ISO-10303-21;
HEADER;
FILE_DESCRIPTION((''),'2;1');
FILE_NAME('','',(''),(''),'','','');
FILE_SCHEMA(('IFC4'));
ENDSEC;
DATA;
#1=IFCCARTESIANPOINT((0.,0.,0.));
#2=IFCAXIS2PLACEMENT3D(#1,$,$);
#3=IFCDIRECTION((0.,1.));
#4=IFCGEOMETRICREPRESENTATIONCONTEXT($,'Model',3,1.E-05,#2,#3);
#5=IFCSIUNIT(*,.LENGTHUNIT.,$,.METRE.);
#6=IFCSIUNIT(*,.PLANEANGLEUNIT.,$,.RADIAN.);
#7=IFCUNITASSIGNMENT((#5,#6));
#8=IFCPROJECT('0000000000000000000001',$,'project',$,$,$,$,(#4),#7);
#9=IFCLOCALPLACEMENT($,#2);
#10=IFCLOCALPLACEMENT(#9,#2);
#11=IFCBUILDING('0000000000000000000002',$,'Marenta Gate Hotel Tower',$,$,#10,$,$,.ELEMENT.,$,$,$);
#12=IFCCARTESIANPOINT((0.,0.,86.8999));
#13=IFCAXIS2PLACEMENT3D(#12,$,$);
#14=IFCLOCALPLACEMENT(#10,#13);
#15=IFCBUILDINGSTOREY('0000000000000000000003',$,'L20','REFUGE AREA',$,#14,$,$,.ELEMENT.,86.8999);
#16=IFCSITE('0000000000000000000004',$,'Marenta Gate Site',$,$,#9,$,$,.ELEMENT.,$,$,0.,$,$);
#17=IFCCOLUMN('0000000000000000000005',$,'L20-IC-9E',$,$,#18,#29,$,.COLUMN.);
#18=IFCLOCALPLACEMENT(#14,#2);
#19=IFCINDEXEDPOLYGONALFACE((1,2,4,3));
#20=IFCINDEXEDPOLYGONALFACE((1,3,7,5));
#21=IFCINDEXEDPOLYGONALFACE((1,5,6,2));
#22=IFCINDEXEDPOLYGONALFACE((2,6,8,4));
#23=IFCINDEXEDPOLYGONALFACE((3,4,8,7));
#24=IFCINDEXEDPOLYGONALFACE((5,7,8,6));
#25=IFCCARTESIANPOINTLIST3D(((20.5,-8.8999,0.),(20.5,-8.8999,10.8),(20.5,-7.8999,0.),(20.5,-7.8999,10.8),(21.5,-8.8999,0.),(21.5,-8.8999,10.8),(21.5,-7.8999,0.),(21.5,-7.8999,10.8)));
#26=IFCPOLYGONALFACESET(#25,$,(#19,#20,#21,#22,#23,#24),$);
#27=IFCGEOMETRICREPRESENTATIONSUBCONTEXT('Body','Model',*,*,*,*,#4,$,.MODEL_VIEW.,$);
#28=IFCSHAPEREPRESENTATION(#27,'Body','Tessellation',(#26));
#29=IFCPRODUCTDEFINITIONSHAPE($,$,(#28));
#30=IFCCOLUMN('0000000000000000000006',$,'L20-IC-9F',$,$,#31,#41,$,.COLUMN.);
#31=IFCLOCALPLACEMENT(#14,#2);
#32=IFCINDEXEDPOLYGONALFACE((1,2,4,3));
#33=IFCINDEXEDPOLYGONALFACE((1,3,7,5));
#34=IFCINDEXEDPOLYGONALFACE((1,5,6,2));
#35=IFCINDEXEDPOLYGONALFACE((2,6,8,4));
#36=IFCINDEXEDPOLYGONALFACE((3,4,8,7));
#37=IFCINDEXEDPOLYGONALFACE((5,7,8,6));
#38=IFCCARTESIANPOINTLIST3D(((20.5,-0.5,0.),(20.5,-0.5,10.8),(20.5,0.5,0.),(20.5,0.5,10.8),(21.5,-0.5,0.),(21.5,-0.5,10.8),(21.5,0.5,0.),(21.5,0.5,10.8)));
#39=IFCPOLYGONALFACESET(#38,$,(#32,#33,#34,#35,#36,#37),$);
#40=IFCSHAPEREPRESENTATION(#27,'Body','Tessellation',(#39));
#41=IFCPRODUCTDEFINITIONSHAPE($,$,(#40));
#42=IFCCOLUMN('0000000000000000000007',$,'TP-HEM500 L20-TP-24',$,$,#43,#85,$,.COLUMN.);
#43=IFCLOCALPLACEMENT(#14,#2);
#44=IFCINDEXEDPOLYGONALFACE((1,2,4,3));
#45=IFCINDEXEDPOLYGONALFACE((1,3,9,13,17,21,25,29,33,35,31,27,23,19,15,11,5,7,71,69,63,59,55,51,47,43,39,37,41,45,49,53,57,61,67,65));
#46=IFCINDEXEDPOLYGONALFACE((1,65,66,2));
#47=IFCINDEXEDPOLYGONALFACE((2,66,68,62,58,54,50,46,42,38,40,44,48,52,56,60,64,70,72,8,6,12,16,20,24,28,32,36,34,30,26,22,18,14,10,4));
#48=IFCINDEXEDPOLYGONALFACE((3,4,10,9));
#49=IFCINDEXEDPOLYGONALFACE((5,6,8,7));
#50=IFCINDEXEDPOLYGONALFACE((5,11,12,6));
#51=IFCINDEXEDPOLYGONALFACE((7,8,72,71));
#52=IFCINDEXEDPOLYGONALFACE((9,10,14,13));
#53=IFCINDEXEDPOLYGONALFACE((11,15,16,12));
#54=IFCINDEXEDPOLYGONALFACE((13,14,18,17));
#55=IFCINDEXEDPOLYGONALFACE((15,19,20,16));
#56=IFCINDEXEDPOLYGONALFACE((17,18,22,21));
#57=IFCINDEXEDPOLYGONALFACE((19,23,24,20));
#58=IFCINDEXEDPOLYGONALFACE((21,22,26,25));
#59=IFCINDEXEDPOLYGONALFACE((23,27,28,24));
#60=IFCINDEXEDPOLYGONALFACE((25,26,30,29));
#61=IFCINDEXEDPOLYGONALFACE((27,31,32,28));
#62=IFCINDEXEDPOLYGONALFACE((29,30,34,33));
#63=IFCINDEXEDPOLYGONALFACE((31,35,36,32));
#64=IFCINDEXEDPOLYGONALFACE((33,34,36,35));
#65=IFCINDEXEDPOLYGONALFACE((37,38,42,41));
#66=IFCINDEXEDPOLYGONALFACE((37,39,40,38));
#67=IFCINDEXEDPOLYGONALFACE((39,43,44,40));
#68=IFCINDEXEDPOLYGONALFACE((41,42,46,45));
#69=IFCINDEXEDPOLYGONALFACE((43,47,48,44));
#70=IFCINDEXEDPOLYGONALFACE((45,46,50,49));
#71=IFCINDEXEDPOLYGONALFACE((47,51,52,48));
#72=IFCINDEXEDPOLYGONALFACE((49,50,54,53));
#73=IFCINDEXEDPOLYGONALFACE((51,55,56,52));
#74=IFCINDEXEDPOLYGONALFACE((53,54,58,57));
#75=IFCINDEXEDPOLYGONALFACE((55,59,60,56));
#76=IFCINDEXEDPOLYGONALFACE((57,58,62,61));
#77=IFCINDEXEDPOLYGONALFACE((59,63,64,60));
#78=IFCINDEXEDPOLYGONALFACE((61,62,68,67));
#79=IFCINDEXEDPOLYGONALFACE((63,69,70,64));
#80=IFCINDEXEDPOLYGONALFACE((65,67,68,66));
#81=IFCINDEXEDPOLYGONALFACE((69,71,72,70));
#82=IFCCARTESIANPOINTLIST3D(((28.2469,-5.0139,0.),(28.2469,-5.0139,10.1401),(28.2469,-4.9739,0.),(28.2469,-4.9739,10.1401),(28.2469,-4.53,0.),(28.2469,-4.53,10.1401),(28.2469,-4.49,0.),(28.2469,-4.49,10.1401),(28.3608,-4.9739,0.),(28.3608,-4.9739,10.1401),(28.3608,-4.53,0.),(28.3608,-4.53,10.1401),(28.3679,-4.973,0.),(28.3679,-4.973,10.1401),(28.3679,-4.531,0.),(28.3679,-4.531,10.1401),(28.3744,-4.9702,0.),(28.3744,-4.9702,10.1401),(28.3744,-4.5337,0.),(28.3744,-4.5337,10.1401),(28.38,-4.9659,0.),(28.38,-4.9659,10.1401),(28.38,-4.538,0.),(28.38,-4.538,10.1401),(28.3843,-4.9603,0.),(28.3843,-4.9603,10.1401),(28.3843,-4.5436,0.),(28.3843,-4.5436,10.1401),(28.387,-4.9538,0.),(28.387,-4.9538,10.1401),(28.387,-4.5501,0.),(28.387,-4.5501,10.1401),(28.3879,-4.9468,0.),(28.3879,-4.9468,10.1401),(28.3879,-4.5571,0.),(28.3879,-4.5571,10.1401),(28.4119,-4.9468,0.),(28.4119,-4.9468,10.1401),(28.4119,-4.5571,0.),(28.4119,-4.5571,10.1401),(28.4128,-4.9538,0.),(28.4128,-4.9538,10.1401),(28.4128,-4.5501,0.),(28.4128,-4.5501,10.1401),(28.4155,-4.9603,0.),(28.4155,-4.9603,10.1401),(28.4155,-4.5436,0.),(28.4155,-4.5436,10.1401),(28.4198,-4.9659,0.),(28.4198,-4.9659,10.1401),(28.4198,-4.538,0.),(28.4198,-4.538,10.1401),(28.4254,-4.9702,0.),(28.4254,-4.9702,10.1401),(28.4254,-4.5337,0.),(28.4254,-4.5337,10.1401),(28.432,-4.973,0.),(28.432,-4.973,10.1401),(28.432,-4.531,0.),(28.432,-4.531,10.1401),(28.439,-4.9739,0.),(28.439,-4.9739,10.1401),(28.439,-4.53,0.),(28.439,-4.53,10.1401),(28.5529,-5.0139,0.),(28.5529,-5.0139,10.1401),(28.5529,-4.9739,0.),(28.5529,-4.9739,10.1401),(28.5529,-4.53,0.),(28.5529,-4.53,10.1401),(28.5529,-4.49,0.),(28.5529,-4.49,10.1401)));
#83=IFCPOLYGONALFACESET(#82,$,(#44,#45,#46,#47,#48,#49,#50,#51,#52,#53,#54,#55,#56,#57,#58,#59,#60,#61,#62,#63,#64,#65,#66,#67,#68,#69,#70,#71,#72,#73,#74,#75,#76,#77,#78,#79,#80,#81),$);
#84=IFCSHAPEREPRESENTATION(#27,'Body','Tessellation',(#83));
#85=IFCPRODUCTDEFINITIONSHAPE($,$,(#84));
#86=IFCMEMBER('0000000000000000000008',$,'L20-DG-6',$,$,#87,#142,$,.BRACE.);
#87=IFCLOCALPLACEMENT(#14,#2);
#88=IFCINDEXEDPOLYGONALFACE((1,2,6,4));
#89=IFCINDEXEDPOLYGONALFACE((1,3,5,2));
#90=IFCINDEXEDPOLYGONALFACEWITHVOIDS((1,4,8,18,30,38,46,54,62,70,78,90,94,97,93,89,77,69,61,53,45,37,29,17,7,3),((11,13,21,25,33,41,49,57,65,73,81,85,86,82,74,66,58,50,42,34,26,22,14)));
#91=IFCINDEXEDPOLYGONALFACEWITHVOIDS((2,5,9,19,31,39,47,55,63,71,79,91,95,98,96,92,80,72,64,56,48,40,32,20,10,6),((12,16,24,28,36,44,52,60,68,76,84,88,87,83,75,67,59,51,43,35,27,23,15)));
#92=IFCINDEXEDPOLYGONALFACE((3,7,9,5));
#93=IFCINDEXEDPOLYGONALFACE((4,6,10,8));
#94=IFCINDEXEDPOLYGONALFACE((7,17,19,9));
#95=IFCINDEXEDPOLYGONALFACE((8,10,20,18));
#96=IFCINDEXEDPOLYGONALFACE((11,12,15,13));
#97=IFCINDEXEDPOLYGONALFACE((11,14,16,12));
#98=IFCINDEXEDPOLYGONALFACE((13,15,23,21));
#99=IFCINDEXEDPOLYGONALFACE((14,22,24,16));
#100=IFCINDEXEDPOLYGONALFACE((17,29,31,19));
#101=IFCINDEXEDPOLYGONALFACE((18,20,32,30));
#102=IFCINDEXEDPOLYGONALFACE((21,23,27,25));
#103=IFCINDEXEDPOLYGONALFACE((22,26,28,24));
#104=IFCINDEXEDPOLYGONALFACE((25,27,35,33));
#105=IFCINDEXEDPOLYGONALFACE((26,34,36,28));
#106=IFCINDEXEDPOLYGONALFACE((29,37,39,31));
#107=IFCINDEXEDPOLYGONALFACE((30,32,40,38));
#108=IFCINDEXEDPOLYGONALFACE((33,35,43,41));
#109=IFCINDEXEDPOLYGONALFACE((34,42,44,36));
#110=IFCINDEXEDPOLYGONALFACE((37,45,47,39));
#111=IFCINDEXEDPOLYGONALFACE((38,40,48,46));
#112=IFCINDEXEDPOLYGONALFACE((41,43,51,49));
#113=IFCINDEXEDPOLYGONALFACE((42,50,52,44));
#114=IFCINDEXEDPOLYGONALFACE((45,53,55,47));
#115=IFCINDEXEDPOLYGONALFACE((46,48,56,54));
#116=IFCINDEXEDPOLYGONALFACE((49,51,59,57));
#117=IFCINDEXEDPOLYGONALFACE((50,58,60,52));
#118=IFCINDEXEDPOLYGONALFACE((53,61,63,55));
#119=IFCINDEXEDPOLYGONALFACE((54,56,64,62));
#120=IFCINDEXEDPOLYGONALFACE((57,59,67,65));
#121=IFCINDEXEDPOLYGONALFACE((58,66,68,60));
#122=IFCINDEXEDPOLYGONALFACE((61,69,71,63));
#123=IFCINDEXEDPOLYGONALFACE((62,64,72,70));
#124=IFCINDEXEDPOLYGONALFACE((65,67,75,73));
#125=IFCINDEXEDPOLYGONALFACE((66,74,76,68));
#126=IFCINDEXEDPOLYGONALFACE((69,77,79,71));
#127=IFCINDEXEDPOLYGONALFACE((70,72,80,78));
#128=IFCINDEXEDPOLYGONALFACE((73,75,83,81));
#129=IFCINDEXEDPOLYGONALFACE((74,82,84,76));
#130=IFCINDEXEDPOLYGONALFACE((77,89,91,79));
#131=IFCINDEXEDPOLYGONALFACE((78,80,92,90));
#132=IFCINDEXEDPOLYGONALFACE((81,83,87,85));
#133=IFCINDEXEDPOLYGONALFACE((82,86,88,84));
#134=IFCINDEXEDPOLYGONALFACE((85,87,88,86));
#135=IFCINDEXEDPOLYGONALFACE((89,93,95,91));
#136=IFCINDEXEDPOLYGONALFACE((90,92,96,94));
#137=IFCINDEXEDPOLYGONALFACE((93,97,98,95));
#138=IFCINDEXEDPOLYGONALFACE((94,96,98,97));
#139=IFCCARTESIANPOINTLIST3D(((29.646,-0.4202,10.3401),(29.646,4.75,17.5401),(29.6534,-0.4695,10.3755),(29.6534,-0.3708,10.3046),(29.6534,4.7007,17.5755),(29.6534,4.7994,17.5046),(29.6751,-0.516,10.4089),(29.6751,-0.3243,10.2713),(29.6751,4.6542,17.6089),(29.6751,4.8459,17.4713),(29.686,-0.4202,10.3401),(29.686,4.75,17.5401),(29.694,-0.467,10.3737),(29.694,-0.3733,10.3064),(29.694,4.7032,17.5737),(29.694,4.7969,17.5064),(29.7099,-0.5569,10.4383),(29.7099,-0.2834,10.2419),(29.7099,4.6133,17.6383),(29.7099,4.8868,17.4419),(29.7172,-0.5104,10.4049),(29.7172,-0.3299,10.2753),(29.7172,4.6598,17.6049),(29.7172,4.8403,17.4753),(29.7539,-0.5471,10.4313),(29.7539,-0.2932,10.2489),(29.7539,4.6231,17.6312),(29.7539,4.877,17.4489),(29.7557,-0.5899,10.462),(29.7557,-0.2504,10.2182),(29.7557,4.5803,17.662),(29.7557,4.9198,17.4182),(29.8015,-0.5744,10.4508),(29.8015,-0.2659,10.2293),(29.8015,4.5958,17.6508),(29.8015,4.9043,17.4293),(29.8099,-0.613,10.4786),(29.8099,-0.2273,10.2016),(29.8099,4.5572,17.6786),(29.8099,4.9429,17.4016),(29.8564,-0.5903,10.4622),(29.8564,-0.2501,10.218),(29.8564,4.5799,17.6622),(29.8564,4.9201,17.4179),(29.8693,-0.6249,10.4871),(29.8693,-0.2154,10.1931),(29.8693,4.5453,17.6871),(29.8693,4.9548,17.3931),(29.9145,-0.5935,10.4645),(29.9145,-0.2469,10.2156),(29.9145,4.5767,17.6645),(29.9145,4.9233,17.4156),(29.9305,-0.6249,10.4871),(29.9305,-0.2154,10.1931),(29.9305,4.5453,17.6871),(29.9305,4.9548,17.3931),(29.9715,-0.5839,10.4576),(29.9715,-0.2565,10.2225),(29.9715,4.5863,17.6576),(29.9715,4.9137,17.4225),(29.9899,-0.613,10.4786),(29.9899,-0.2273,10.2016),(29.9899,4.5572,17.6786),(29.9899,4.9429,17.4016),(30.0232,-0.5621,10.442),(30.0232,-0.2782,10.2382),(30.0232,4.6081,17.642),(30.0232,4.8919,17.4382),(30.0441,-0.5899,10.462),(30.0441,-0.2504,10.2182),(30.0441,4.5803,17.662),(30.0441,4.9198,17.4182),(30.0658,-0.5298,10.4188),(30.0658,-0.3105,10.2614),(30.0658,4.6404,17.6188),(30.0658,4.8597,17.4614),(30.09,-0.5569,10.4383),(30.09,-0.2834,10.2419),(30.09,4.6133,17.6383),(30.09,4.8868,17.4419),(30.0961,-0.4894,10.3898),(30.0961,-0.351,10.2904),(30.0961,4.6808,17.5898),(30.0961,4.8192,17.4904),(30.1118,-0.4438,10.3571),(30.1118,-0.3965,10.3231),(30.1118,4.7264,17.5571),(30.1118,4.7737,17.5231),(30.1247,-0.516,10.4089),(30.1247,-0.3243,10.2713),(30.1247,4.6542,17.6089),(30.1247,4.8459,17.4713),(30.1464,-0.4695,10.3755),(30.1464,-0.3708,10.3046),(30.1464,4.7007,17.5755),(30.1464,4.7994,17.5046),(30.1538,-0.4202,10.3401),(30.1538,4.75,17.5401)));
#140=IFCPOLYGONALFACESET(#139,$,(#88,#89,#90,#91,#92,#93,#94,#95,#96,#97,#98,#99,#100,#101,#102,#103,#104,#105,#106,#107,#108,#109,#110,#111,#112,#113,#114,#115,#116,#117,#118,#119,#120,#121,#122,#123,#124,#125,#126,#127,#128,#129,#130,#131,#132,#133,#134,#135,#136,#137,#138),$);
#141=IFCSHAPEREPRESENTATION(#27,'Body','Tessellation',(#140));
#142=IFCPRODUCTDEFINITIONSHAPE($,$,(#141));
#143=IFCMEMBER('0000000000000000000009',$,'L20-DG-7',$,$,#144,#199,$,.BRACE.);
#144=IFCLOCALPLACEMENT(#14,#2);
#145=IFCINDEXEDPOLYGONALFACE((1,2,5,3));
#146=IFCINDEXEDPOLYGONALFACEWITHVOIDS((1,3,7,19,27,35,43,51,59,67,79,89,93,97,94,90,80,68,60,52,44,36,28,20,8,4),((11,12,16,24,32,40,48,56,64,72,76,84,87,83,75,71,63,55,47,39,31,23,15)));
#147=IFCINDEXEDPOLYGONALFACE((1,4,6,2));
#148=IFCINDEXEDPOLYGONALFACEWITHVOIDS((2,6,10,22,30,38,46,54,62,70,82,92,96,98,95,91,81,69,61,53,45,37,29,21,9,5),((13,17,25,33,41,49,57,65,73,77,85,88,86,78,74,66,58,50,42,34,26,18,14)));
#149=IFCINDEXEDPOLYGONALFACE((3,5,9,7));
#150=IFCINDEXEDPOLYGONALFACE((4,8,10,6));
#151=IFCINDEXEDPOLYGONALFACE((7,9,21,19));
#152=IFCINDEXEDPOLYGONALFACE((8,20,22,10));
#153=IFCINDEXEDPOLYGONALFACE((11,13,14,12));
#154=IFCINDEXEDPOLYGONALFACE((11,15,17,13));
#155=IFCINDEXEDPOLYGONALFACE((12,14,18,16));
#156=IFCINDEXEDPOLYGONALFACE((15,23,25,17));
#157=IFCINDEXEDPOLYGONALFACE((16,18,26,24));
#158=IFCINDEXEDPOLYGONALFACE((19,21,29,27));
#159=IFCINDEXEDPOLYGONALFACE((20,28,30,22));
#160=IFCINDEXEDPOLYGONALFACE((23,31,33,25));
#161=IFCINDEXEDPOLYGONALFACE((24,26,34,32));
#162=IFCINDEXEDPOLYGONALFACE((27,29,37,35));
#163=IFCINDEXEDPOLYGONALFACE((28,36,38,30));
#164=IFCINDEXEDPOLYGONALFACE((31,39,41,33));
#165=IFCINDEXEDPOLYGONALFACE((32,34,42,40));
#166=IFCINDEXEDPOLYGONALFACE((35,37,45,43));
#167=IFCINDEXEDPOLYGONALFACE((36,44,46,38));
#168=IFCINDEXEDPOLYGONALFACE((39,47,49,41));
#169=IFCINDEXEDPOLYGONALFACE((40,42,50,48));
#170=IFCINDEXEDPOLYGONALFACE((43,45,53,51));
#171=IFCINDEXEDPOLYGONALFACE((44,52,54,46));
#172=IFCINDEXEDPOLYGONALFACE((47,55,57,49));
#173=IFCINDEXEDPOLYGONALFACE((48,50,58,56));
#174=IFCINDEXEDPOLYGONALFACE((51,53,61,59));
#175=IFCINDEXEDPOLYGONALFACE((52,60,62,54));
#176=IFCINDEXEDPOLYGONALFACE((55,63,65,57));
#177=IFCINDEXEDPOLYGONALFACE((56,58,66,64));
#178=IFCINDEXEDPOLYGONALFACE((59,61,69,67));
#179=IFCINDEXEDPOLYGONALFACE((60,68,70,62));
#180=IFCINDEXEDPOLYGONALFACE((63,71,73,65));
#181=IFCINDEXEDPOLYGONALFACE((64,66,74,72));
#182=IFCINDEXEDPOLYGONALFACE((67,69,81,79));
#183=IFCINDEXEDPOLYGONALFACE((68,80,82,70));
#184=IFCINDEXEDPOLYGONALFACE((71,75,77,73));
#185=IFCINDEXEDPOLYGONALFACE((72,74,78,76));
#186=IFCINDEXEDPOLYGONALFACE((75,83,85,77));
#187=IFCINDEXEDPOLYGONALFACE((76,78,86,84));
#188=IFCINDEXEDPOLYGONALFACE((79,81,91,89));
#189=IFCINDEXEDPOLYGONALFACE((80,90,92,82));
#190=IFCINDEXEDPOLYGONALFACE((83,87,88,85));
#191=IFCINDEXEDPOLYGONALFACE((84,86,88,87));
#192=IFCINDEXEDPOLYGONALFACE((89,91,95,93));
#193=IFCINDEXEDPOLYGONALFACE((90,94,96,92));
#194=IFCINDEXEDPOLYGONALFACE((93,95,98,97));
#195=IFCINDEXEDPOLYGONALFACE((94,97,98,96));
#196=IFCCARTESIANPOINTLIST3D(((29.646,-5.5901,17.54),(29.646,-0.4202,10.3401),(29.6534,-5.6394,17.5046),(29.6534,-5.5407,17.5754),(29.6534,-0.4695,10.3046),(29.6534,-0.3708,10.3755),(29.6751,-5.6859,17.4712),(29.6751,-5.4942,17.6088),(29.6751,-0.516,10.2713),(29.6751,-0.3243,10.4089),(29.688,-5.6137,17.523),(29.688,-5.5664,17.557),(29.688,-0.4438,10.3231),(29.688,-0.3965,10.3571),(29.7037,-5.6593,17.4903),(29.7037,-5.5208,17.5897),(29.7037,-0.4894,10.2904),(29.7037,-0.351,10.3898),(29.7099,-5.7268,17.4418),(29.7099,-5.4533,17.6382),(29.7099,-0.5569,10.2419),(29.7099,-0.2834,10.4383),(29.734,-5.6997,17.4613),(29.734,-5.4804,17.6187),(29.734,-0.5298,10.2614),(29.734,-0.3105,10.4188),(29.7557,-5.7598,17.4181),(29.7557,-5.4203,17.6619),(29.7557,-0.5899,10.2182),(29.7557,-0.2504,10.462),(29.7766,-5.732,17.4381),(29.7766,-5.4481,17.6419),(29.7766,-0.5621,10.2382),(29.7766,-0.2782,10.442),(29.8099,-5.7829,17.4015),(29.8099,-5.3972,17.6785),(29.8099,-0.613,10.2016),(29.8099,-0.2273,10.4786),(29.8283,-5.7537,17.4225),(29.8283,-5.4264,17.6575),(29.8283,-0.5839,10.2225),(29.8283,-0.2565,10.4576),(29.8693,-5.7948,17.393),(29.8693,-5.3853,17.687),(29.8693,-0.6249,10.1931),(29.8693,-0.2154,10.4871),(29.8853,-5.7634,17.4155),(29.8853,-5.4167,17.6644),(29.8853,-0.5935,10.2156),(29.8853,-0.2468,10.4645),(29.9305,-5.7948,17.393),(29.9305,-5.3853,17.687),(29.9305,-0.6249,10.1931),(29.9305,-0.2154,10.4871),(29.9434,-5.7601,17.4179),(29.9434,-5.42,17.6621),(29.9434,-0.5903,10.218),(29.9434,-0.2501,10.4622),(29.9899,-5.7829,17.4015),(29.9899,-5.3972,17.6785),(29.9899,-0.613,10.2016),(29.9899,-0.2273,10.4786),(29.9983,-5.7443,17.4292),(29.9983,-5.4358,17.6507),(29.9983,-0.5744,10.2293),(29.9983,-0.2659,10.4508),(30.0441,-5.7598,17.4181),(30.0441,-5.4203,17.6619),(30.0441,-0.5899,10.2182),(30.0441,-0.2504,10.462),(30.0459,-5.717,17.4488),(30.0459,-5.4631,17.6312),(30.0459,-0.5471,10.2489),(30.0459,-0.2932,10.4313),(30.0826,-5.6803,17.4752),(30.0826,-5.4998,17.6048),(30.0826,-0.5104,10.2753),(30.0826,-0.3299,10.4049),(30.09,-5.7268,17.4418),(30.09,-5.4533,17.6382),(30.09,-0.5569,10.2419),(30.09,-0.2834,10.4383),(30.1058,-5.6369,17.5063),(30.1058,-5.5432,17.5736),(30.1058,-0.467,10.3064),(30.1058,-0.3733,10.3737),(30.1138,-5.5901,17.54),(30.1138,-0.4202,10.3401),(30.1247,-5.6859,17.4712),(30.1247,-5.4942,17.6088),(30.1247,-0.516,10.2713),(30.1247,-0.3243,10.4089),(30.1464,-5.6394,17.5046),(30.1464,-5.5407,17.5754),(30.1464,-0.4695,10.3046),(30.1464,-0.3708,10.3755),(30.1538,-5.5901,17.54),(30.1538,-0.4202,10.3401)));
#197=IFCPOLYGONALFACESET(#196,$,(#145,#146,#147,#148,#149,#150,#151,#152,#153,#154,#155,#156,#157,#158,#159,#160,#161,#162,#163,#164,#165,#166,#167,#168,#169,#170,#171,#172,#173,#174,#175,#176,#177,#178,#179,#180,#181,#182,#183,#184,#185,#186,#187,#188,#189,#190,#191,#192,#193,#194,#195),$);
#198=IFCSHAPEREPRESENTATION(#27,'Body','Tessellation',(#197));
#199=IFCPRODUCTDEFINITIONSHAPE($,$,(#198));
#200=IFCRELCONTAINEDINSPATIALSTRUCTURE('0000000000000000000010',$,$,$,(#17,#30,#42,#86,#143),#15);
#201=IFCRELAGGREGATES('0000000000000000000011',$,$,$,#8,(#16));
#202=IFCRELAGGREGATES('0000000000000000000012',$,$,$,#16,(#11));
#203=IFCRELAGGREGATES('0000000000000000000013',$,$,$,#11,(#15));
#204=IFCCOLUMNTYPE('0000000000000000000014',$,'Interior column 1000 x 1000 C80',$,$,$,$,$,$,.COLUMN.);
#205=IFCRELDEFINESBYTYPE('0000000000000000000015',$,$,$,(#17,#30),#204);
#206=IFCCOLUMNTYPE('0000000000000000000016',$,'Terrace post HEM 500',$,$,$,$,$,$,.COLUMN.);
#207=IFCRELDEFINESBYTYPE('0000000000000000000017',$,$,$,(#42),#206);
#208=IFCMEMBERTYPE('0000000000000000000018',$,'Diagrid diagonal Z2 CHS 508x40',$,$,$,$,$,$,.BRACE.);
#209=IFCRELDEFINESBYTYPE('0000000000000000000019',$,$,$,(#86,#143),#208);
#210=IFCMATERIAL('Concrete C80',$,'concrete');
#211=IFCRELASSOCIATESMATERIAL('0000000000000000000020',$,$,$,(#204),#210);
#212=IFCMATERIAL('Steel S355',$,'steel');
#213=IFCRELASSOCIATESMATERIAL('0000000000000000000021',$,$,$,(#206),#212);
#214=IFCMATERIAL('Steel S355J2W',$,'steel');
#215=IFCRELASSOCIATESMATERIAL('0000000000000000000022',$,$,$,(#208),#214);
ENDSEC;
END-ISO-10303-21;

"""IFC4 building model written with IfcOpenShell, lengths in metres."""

from ifc_helpers import new_model, si_unit, direction, frame, origin, origin_2d, place, context, subcontext, project, spatial, rectangle, hollow_circle, i_section, extrude, material, material_profile, profile_set, type_object, element, save


model = new_model("IFC4")

# Units and contexts
model_context = context("Model", 3, precision=1e-05, world=origin(), true_north=direction((0.0, 1.0)))
body_context = subcontext(model_context, "Body", "Model", "MODEL_VIEW")
ifc_project = project(units=[si_unit("LENGTHUNIT", "METRE"), si_unit("PLANEANGLEUNIT", "RADIAN")], contexts=[model_context])

# Site, building, storey
site_placement = place(None, origin())
site = spatial("IfcSite", under=ifc_project, at=site_placement, Name="Marenta Gate Site", CompositionType="ELEMENT", RefElevation=0.0)
building_placement = place(site_placement, origin())
building = spatial("IfcBuilding", under=site, at=building_placement, Name="Marenta Gate Hotel Tower", CompositionType="ELEMENT")
storey_placement = place(building_placement, frame((0.0, 0.0, 86.8999)))
storey = spatial("IfcBuildingStorey", under=building, at=storey_placement, Name="L20", Description="REFUGE AREA", CompositionType="ELEMENT", Elevation=86.8999)

# Columns
ifc_material_1 = material(Name="Concrete C80", Category="concrete")
ifc_material_profile_1 = material_profile(ifc_material_1, rectangle(XDim=1.0, YDim=1.0, at=origin_2d()), Name="1000 x 1000")
ifc_profile_set_1 = profile_set([ifc_material_profile_1], Name="Concrete C80")
column_type_1 = type_object("IfcColumnType", Name="Interior column 1000 x 1000 C80", PredefinedType="COLUMN", material=ifc_profile_set_1)
for number, where, z_axis, x_axis, name in (
    (1, (21.0, -8.3999, 0.0), (0.0, 0.0, 1.0), (1.0, 0.0, 0.0), "L20-IC-9E"),
    (2, (21.0, 0.0, 0.0), (0.0, 0.0, 1.0), (1.0, 0.0, 0.0), "L20-IC-9F"),
):
    element("IfcColumn", number, at=place(storey_placement, frame(where, z_axis=z_axis, x_axis=x_axis)), inside=storey, type_object=column_type_1, Name=name, PredefinedType="COLUMN", context=body_context, shape_type="SweptSolid", body=[
        extrude(rectangle(XDim=1.0, YDim=1.0, at=origin_2d()), origin(), (0.0, 0.0, 1.0), 10.8),
    ])
ifc_material_2 = material(Name="Steel S355", Category="steel")
ifc_material_profile_2 = material_profile(ifc_material_2, i_section(OverallWidth=0.3059, OverallDepth=0.5239, WebThickness=0.0239, FlangeThickness=0.04, FilletRadius=0.0271, at=origin_2d()), Name="HEM 500")
ifc_profile_set_2 = profile_set([ifc_material_profile_2], Name="Steel S355")
column_type_2 = type_object("IfcColumnType", Name="Terrace post HEM 500", PredefinedType="COLUMN", material=ifc_profile_set_2)
column_placement = place(storey_placement, frame((28.3999, -4.752, 0.0), z_axis=(0.0, 0.0, 1.0), x_axis=(1.0, 0.0, 0.0)))
element("IfcColumn", 3, at=column_placement, inside=storey, type_object=column_type_2, Name="TP-HEM500 L20-TP-24", PredefinedType="COLUMN", context=body_context, shape_type="SweptSolid", body=[
    extrude(i_section(OverallWidth=0.3059, OverallDepth=0.5239, WebThickness=0.0239, FlangeThickness=0.04, FilletRadius=0.0271, at=origin_2d()), origin(), (0.0, 0.0, 1.0), 10.1401),
])

# Members
ifc_material_3 = material(Name="Steel S355J2W", Category="steel")
ifc_material_profile_3 = material_profile(ifc_material_3, hollow_circle(Radius=0.2539, WallThickness=0.04, at=origin_2d()), Name="CHS 508x40")
ifc_profile_set_3 = profile_set([ifc_material_profile_3], Name="Steel S355J2W")
member_type_1 = type_object("IfcMemberType", Name="Diagrid diagonal Z2 CHS 508x40", PredefinedType="BRACE", material=ifc_profile_set_3)
member_1_placement = place(storey_placement, frame((29.8999, -0.4202, 10.3401), z_axis=(0.0, 0.583279, 0.812272), x_axis=(-1.0, 0.0, 0.0)))
element("IfcMember", 4, at=member_1_placement, inside=storey, type_object=member_type_1, Name="L20-DG-6", PredefinedType="BRACE", context=body_context, shape_type="SweptSolid", body=[
    extrude(hollow_circle(Radius=0.2539, WallThickness=0.04, at=origin_2d()), origin(), (0.0, 0.0, 1.0), 8.864),
])
member_2_placement = place(storey_placement, frame((29.8999, -0.4202, 10.3401), z_axis=(0.0, -0.583261, 0.812285), x_axis=(1.0, 0.0, 0.0)))
element("IfcMember", 5, at=member_2_placement, inside=storey, type_object=member_type_1, Name="L20-DG-7", PredefinedType="BRACE", context=body_context, shape_type="SweptSolid", body=[
    extrude(hollow_circle(Radius=0.2539, WallThickness=0.04, at=origin_2d()), origin(), (0.0, 0.0, 1.0), 8.8638),
])

save(model, "model.ifc")
